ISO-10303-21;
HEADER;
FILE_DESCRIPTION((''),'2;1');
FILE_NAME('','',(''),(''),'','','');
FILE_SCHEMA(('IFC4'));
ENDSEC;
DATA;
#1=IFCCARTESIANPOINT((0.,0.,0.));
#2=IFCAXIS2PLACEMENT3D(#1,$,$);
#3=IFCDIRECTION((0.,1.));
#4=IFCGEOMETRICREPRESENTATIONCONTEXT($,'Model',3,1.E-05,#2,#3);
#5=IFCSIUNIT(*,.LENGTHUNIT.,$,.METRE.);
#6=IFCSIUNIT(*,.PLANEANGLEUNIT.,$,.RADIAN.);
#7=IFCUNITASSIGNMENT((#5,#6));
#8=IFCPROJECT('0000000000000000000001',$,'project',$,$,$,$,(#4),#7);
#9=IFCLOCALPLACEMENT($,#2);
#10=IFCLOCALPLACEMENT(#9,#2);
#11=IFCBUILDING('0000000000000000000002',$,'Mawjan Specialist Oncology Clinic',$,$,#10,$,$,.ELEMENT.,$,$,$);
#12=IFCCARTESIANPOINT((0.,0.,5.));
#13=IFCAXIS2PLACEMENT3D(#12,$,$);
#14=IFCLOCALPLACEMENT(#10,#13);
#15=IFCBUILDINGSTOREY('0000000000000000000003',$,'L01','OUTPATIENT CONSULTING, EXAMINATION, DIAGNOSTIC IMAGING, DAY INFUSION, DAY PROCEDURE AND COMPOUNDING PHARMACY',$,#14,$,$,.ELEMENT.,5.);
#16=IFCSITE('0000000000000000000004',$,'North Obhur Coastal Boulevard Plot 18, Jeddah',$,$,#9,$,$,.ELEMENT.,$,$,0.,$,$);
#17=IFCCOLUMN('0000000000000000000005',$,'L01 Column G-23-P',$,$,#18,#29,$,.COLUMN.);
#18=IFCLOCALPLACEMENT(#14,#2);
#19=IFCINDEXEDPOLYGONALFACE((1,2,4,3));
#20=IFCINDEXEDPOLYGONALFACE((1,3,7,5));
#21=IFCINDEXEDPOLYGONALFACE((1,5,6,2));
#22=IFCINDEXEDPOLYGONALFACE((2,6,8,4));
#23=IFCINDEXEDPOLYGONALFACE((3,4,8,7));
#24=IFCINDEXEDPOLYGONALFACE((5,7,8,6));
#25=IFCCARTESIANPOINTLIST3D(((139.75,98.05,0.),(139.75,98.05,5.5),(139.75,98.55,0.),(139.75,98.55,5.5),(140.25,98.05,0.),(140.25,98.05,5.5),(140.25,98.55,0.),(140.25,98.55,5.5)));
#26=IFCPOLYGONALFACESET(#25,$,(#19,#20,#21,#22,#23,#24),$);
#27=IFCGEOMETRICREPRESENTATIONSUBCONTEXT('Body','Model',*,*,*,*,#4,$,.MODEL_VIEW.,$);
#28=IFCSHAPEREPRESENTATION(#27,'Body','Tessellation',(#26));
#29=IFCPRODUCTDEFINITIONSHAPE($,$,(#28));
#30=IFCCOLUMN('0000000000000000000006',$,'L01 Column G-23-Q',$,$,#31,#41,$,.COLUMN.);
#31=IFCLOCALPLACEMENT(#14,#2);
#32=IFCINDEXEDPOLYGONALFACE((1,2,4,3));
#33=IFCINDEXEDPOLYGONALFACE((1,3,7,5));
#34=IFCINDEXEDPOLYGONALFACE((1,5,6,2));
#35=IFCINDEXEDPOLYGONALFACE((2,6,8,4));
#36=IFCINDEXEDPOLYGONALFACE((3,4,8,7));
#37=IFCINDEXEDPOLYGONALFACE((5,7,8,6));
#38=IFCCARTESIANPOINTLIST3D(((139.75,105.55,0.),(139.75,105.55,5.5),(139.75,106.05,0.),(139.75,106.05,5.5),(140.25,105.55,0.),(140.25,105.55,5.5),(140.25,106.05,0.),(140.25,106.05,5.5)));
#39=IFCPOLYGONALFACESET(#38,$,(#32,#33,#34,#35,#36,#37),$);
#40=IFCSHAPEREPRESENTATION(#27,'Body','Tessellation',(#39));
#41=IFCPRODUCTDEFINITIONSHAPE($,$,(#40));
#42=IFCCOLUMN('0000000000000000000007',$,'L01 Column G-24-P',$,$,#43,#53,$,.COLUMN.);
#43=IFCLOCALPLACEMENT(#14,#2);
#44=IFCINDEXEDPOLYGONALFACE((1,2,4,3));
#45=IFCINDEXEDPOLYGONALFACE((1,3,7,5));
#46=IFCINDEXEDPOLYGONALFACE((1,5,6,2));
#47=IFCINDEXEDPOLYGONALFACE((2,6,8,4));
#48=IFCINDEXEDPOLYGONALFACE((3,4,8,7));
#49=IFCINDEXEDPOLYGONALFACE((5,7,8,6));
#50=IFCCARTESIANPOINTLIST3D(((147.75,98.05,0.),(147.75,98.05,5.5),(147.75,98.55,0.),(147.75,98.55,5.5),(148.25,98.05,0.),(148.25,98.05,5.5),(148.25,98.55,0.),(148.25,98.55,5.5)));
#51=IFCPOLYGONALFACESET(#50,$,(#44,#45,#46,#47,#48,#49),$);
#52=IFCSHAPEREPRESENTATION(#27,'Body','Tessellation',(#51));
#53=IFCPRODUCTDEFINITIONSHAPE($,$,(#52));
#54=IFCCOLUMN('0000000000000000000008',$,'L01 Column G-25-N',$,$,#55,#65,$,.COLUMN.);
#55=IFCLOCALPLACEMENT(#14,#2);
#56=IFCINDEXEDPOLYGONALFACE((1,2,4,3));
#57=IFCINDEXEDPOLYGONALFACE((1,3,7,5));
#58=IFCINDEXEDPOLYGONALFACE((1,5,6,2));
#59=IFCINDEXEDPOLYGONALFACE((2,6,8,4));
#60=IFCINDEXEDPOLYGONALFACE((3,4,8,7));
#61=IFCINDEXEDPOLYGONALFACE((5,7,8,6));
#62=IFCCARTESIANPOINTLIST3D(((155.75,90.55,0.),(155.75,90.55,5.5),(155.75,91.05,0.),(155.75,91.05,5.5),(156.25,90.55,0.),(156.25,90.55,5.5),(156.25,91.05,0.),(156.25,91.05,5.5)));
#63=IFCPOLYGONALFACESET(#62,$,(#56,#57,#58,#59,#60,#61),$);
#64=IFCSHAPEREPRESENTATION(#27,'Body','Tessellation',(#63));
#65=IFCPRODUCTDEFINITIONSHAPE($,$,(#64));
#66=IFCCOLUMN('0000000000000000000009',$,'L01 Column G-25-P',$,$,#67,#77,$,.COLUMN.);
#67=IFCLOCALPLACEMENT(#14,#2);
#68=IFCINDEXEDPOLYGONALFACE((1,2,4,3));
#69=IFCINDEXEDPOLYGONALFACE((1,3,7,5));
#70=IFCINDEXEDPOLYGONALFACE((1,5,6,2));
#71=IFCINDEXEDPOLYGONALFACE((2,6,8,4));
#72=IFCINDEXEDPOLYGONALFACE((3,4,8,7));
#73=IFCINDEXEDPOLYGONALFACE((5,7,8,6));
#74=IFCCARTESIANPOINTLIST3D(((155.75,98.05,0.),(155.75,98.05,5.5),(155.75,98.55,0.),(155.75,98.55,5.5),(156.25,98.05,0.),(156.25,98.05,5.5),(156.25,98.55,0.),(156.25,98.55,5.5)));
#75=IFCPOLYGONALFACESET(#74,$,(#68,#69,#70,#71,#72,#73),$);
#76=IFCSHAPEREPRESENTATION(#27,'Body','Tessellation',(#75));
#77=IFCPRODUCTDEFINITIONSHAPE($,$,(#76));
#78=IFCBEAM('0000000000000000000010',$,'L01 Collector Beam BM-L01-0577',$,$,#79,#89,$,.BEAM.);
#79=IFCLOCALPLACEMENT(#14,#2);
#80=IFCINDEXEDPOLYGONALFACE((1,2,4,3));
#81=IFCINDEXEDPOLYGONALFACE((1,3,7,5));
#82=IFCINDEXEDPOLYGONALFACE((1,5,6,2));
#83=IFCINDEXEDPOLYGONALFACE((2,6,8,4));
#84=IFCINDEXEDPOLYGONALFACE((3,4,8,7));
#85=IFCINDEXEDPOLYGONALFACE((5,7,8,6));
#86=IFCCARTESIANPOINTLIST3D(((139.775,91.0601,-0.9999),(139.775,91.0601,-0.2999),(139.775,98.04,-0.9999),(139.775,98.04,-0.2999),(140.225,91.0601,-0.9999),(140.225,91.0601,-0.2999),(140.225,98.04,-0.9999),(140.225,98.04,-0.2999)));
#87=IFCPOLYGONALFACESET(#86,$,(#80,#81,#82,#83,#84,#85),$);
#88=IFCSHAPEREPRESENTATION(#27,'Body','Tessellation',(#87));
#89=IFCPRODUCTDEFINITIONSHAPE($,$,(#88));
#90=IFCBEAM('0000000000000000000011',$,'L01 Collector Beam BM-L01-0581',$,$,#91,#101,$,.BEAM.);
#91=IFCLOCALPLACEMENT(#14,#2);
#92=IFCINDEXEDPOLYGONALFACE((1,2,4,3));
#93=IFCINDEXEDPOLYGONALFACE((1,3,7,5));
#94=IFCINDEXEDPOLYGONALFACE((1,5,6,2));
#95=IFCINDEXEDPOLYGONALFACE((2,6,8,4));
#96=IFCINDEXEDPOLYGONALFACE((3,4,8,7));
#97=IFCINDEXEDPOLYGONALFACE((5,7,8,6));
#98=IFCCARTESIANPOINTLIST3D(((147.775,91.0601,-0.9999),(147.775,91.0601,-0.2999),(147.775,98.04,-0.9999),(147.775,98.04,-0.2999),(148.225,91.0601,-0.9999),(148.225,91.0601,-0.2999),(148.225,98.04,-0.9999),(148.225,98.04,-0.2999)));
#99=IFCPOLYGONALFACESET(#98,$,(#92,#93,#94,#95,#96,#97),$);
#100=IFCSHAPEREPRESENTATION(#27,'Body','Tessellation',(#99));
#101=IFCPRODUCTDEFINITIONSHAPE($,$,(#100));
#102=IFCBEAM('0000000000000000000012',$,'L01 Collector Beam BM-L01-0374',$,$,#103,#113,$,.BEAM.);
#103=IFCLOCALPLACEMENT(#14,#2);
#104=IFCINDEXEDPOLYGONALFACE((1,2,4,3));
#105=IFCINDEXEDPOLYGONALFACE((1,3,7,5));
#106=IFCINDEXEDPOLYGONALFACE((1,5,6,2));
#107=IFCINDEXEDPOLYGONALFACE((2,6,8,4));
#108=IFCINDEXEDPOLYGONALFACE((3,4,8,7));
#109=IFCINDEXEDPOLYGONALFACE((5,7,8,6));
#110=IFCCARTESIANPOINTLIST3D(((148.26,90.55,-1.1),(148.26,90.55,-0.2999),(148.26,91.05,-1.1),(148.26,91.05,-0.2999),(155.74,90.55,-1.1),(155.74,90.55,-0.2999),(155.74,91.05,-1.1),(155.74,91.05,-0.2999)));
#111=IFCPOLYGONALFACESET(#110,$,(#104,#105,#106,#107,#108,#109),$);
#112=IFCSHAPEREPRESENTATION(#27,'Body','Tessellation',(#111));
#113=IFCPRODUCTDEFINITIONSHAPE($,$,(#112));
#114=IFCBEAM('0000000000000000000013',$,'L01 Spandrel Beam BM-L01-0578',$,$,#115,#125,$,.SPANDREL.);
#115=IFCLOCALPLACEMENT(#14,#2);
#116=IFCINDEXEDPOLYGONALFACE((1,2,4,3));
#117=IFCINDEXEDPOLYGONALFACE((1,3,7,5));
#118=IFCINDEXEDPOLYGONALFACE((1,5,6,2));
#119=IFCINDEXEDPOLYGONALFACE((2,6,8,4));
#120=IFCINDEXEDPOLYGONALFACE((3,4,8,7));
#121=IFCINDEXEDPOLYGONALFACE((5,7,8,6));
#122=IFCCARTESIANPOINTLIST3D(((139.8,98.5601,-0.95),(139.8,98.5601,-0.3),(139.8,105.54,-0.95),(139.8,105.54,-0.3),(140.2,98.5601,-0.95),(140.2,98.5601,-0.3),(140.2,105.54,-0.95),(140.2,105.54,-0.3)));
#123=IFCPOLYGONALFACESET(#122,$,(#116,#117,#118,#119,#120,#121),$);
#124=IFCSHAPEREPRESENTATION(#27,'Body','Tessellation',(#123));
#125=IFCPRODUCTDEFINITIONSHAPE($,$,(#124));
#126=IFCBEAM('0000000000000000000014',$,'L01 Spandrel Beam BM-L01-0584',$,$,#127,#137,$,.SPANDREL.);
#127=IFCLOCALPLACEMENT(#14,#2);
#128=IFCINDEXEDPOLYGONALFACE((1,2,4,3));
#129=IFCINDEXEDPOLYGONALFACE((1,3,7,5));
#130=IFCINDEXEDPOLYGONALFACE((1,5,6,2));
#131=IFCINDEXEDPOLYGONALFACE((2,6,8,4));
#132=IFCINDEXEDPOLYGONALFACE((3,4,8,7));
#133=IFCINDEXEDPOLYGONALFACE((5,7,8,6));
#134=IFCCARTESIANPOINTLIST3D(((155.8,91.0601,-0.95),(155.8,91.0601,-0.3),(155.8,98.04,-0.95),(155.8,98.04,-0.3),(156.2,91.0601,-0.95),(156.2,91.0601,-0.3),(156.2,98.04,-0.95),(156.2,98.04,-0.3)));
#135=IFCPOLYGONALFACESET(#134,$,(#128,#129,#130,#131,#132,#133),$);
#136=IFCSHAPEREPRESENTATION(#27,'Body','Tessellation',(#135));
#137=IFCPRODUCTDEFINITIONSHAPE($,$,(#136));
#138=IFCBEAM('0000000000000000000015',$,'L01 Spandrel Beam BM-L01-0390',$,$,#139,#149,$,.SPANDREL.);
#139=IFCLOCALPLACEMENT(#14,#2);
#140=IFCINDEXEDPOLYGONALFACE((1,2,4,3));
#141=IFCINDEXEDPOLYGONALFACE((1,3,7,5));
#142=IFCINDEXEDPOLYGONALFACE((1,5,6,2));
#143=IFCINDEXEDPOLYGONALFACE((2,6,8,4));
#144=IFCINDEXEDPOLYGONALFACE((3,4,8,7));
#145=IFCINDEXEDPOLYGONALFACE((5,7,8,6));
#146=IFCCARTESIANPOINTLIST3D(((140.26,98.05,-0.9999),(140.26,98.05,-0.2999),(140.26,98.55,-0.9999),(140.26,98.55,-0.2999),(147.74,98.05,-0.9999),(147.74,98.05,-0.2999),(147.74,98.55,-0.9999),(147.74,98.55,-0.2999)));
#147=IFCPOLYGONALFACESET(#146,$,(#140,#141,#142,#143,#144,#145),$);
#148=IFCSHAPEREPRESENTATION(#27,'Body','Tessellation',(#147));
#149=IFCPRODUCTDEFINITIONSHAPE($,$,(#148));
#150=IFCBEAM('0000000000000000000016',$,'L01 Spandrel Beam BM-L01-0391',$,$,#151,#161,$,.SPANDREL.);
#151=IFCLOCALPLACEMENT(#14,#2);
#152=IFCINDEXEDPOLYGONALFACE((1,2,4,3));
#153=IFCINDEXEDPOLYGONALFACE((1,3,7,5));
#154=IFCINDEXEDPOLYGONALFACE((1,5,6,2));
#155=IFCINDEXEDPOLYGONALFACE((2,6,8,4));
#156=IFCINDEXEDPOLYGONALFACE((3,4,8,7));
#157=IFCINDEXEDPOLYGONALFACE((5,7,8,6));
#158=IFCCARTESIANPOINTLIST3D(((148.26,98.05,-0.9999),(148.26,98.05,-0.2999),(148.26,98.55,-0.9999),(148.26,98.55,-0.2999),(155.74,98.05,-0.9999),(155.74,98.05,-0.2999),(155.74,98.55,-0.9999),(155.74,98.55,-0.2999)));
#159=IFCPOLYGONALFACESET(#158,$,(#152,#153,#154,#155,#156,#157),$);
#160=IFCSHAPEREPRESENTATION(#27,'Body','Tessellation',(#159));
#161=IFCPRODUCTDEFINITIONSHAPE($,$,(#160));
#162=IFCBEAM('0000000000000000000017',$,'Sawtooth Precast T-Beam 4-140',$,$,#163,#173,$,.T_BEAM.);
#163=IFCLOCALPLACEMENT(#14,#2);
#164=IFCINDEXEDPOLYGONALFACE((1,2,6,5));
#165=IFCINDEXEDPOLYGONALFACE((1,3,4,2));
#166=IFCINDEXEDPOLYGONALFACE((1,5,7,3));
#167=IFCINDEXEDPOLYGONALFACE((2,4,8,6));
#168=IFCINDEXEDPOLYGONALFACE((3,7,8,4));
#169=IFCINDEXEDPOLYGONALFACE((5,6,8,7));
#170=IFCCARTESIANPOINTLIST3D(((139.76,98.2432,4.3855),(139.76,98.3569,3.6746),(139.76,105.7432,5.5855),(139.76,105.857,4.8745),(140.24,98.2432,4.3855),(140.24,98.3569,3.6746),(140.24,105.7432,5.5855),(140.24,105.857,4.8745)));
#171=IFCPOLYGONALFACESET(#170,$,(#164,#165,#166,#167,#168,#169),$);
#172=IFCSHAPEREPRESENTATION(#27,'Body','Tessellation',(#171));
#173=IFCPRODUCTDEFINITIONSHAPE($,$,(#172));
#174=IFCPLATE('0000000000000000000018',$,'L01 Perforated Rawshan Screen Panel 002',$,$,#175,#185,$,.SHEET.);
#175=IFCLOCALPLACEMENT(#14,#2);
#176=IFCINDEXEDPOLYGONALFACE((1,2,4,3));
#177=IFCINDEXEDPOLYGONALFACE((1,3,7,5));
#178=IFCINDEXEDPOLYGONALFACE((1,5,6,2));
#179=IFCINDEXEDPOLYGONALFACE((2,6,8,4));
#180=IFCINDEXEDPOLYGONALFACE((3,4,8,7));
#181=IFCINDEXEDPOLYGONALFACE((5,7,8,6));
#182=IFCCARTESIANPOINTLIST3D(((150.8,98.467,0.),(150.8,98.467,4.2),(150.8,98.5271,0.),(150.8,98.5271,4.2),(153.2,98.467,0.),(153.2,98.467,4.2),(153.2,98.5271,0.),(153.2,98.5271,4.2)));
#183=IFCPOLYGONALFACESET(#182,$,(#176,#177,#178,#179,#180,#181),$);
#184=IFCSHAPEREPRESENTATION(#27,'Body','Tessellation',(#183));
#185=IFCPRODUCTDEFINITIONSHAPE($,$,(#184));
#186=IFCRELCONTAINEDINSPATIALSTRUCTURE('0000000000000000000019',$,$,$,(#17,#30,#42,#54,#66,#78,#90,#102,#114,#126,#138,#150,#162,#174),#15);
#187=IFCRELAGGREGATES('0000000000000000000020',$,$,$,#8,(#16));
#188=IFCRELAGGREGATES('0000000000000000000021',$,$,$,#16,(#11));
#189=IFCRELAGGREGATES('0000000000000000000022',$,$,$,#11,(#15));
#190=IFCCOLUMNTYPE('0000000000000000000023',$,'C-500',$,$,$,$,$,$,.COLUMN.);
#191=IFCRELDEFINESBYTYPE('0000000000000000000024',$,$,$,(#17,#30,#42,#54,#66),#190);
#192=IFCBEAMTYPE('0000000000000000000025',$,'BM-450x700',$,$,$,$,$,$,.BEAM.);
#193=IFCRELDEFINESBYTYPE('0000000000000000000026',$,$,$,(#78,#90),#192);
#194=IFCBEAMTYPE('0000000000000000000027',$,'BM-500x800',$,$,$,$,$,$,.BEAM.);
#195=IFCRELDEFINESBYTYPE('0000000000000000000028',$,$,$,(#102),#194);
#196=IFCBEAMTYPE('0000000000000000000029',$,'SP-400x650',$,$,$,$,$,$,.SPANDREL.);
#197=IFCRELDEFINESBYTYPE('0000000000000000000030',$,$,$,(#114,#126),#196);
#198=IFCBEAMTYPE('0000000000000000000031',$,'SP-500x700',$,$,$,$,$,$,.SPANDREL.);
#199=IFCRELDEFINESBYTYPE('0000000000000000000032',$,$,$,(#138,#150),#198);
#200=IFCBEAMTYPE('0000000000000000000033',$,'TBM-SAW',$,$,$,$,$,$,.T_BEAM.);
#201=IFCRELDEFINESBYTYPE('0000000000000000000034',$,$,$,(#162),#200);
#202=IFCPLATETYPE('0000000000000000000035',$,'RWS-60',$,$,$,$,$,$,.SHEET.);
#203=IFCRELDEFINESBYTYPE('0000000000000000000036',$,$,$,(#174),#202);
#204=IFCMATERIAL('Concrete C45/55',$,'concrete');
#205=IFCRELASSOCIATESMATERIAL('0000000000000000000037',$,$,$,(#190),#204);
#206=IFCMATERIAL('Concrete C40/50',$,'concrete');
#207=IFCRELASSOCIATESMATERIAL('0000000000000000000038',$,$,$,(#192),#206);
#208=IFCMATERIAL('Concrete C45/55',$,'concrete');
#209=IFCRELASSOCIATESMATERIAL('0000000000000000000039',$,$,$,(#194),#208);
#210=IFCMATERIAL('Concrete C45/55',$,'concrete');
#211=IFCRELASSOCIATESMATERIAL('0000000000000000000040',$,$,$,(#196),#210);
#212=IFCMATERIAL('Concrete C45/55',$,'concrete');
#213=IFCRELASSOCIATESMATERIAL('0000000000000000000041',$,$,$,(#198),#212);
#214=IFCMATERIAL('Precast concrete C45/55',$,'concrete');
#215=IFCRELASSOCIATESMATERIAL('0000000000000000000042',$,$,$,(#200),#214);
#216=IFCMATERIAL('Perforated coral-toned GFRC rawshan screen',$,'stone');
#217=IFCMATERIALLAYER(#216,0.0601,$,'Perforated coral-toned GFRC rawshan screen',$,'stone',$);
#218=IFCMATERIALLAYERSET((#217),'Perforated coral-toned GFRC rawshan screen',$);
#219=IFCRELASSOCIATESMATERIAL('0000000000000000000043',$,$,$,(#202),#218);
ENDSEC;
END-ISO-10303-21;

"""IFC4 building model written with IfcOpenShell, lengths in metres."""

from ifc_helpers import new_model, si_unit, direction, frame, origin, origin_2d, place, context, subcontext, project, spatial, rectangle, extrude, material, layer, layer_set, material_profile, profile_set, type_object, element, save


model = new_model("IFC4")

# Units and contexts
model_context = context("Model", 3, precision=1e-05, world=origin(), true_north=direction((0.0, 1.0)))
body_context = subcontext(model_context, "Body", "Model", "MODEL_VIEW")
ifc_project = project(units=[si_unit("LENGTHUNIT", "METRE"), si_unit("PLANEANGLEUNIT", "RADIAN")], contexts=[model_context])

# Site, building, storey
site_placement = place(None, origin())
site = spatial("IfcSite", under=ifc_project, at=site_placement, Name="North Obhur Coastal Boulevard Plot 18, Jeddah", CompositionType="ELEMENT", RefElevation=0.0)
building_placement = place(site_placement, origin())
building = spatial("IfcBuilding", under=site, at=building_placement, Name="Mawjan Specialist Oncology Clinic", CompositionType="ELEMENT")
storey_placement = place(building_placement, frame((0.0, 0.0, 5.0)))
storey = spatial("IfcBuildingStorey", under=building, at=storey_placement, Name="L01", Description="OUTPATIENT CONSULTING, EXAMINATION, DIAGNOSTIC IMAGING, DAY INFUSION, DAY PROCEDURE AND COMPOUNDING PHARMACY", CompositionType="ELEMENT", Elevation=5.0)

# Columns
ifc_material_1 = material(Name="Concrete C45/55", Category="concrete")
ifc_material_profile_1 = material_profile(ifc_material_1, rectangle(XDim=0.5, YDim=0.5, at=origin_2d()), Name="RC COL 500x500", Category="concrete")
ifc_profile_set_1 = profile_set([ifc_material_profile_1], Name="Concrete C45/55")
column_type = type_object("IfcColumnType", Name="C-500", PredefinedType="COLUMN", material=ifc_profile_set_1)
for number, where, z_axis, x_axis, name in (
    (1, (140.0, 98.3, 0.0), (0.0, 0.0, 1.0), (1.0, 0.0, 0.0), "L01 Column G-23-P"),
    (2, (140.0, 105.8, 0.0), (0.0, 0.0, 1.0), (1.0, 0.0, 0.0), "L01 Column G-23-Q"),
    (3, (148.0, 98.3, 0.0), (0.0, 0.0, 1.0), (1.0, 0.0, 0.0), "L01 Column G-24-P"),
    (4, (156.0, 90.8, 0.0), (0.0, 0.0, 1.0), (1.0, 0.0, 0.0), "L01 Column G-25-N"),
    (5, (156.0, 98.3, 0.0), (0.0, 0.0, 1.0), (1.0, 0.0, 0.0), "L01 Column G-25-P"),
):
    element("IfcColumn", number, at=place(storey_placement, frame(where, z_axis=z_axis, x_axis=x_axis)), inside=storey, type_object=column_type, Name=name, PredefinedType="COLUMN", context=body_context, shape_type="SweptSolid", body=[
        extrude(rectangle(XDim=0.5, YDim=0.5, at=origin_2d()), origin(), (0.0, 0.0, 1.0), 5.5),
    ])

# Beams
ifc_material_2 = material(Name="Concrete C40/50", Category="concrete")
ifc_material_profile_2 = material_profile(ifc_material_2, rectangle(XDim=0.45, YDim=0.7, at=origin_2d()), Name="RC BM 450x700", Category="concrete")
ifc_profile_set_2 = profile_set([ifc_material_profile_2], Name="Concrete C40/50")
beam_type_1 = type_object("IfcBeamType", Name="BM-450x700", PredefinedType="BEAM", material=ifc_profile_set_2)
for number, where, z_axis, x_axis, name in (
    (6, (140.0, 91.0601, -0.6499), (0.0, 1.0, 0.0), (-1.0, 0.0, 0.0), "L01 Collector Beam BM-L01-0577"),
    (7, (148.0, 91.0601, -0.6499), (0.0, 1.0, 0.0), (-1.0, 0.0, 0.0), "L01 Collector Beam BM-L01-0581"),
):
    element("IfcBeam", number, at=place(storey_placement, frame(where, z_axis=z_axis, x_axis=x_axis)), inside=storey, type_object=beam_type_1, Name=name, PredefinedType="BEAM", context=body_context, shape_type="SweptSolid", body=[
        extrude(rectangle(XDim=0.45, YDim=0.7, at=origin_2d()), origin(), (0.0, 0.0, 1.0), 6.98),
    ])
ifc_material_3 = material(Name="Concrete C45/55", Category="concrete")
ifc_material_profile_3 = material_profile(ifc_material_3, rectangle(XDim=0.5, YDim=0.8, at=origin_2d()), Name="RC BM 500x800", Category="concrete")
ifc_profile_set_3 = profile_set([ifc_material_profile_3], Name="Concrete C45/55")
beam_type_2 = type_object("IfcBeamType", Name="BM-500x800", PredefinedType="BEAM", material=ifc_profile_set_3)
beam_1_placement = place(storey_placement, frame((148.26, 90.8, -0.7), z_axis=(1.0, 0.0, 0.0), x_axis=(0.0, 1.0, 0.0)))
element("IfcBeam", 8, at=beam_1_placement, inside=storey, type_object=beam_type_2, Name="L01 Collector Beam BM-L01-0374", PredefinedType="BEAM", context=body_context, shape_type="SweptSolid", body=[
    extrude(rectangle(XDim=0.5, YDim=0.8, at=origin_2d()), origin(), (0.0, 0.0, 1.0), 7.48),
])
ifc_material_4 = material(Name="Concrete C45/55", Category="concrete")
ifc_material_profile_4 = material_profile(ifc_material_4, rectangle(XDim=0.3999, YDim=0.6499, at=origin_2d()), Name="RC BM 400x650", Category="concrete")
ifc_profile_set_4 = profile_set([ifc_material_profile_4], Name="Concrete C45/55")
beam_type_3 = type_object("IfcBeamType", Name="SP-400x650", PredefinedType="SPANDREL", material=ifc_profile_set_4)
for number, where, z_axis, x_axis, name in (
    (9, (140.0, 98.5601, -0.625), (0.0, 1.0, 0.0), (-1.0, 0.0, 0.0), "L01 Spandrel Beam BM-L01-0578"),
    (10, (156.0, 91.0601, -0.625), (0.0, 1.0, 0.0), (-1.0, 0.0, 0.0), "L01 Spandrel Beam BM-L01-0584"),
):
    element("IfcBeam", number, at=place(storey_placement, frame(where, z_axis=z_axis, x_axis=x_axis)), inside=storey, type_object=beam_type_3, Name=name, PredefinedType="SPANDREL", context=body_context, shape_type="SweptSolid", body=[
        extrude(rectangle(XDim=0.3999, YDim=0.6499, at=origin_2d()), origin(), (0.0, 0.0, 1.0), 6.98),
    ])
ifc_material_5 = material(Name="Concrete C45/55", Category="concrete")
ifc_material_profile_5 = material_profile(ifc_material_5, rectangle(XDim=0.5, YDim=0.7, at=origin_2d()), Name="RC BM 500x700", Category="concrete")
ifc_profile_set_5 = profile_set([ifc_material_profile_5], Name="Concrete C45/55")
beam_type_4 = type_object("IfcBeamType", Name="SP-500x700", PredefinedType="SPANDREL", material=ifc_profile_set_5)
for number, where, z_axis, x_axis, name in (
    (11, (140.26, 98.3, -0.6499), (1.0, 0.0, 0.0), (0.0, 1.0, 0.0), "L01 Spandrel Beam BM-L01-0390"),
    (12, (148.26, 98.3, -0.6499), (1.0, 0.0, 0.0), (0.0, 1.0, 0.0), "L01 Spandrel Beam BM-L01-0391"),
):
    element("IfcBeam", number, at=place(storey_placement, frame(where, z_axis=z_axis, x_axis=x_axis)), inside=storey, type_object=beam_type_4, Name=name, PredefinedType="SPANDREL", context=body_context, shape_type="SweptSolid", body=[
        extrude(rectangle(XDim=0.5, YDim=0.7, at=origin_2d()), origin(), (0.0, 0.0, 1.0), 7.48),
    ])
ifc_material_6 = material(Name="Precast concrete C45/55", Category="concrete")
ifc_material_profile_6 = material_profile(ifc_material_6, rectangle(XDim=0.48, YDim=0.72, at=origin_2d()), Name="RC TBM 480x720", Category="concrete")
ifc_profile_set_6 = profile_set([ifc_material_profile_6], Name="Precast concrete C45/55")
beam_type_5 = type_object("IfcBeamType", Name="TBM-SAW", PredefinedType="T_BEAM", material=ifc_profile_set_6)
beam_2_placement = place(storey_placement, frame((140.0, 98.3, 4.03), z_axis=(0.0, 0.987442, 0.157984), x_axis=(-1.0, 0.0, 0.0)))
element("IfcBeam", 13, at=beam_2_placement, inside=storey, type_object=beam_type_5, Name="Sawtooth Precast T-Beam 4-140", PredefinedType="T_BEAM", context=body_context, shape_type="SweptSolid", body=[
    extrude(rectangle(XDim=0.48, YDim=0.72, at=origin_2d()), origin(), (0.0, 0.0, 1.0), 7.5955),
])

# Plate
ifc_material_7 = material(Name="Perforated coral-toned GFRC rawshan screen", Category="stone")
ifc_layer_1 = layer(ifc_material_7, 0.0601, Name="Perforated coral-toned GFRC rawshan screen", Category="stone")
ifc_layer_set_1 = layer_set([ifc_layer_1], Name="Perforated coral-toned GFRC rawshan screen")
plate_type = type_object("IfcPlateType", Name="RWS-60", PredefinedType="SHEET", material=ifc_layer_set_1)
plate_placement = place(storey_placement, frame((152.0, 98.4971, 0.0), z_axis=(0.0, 0.0, 1.0), x_axis=(1.0, 0.0, 0.0)))
element("IfcPlate", 14, at=plate_placement, inside=storey, type_object=plate_type, Name="L01 Perforated Rawshan Screen Panel 002", PredefinedType="SHEET", context=body_context, shape_type="SweptSolid", body=[
    extrude(rectangle(XDim=2.3999, YDim=0.0601, at=origin_2d()), origin(), (0.0, 0.0, 1.0), 4.2),
])

save(model, "model.ifc")
